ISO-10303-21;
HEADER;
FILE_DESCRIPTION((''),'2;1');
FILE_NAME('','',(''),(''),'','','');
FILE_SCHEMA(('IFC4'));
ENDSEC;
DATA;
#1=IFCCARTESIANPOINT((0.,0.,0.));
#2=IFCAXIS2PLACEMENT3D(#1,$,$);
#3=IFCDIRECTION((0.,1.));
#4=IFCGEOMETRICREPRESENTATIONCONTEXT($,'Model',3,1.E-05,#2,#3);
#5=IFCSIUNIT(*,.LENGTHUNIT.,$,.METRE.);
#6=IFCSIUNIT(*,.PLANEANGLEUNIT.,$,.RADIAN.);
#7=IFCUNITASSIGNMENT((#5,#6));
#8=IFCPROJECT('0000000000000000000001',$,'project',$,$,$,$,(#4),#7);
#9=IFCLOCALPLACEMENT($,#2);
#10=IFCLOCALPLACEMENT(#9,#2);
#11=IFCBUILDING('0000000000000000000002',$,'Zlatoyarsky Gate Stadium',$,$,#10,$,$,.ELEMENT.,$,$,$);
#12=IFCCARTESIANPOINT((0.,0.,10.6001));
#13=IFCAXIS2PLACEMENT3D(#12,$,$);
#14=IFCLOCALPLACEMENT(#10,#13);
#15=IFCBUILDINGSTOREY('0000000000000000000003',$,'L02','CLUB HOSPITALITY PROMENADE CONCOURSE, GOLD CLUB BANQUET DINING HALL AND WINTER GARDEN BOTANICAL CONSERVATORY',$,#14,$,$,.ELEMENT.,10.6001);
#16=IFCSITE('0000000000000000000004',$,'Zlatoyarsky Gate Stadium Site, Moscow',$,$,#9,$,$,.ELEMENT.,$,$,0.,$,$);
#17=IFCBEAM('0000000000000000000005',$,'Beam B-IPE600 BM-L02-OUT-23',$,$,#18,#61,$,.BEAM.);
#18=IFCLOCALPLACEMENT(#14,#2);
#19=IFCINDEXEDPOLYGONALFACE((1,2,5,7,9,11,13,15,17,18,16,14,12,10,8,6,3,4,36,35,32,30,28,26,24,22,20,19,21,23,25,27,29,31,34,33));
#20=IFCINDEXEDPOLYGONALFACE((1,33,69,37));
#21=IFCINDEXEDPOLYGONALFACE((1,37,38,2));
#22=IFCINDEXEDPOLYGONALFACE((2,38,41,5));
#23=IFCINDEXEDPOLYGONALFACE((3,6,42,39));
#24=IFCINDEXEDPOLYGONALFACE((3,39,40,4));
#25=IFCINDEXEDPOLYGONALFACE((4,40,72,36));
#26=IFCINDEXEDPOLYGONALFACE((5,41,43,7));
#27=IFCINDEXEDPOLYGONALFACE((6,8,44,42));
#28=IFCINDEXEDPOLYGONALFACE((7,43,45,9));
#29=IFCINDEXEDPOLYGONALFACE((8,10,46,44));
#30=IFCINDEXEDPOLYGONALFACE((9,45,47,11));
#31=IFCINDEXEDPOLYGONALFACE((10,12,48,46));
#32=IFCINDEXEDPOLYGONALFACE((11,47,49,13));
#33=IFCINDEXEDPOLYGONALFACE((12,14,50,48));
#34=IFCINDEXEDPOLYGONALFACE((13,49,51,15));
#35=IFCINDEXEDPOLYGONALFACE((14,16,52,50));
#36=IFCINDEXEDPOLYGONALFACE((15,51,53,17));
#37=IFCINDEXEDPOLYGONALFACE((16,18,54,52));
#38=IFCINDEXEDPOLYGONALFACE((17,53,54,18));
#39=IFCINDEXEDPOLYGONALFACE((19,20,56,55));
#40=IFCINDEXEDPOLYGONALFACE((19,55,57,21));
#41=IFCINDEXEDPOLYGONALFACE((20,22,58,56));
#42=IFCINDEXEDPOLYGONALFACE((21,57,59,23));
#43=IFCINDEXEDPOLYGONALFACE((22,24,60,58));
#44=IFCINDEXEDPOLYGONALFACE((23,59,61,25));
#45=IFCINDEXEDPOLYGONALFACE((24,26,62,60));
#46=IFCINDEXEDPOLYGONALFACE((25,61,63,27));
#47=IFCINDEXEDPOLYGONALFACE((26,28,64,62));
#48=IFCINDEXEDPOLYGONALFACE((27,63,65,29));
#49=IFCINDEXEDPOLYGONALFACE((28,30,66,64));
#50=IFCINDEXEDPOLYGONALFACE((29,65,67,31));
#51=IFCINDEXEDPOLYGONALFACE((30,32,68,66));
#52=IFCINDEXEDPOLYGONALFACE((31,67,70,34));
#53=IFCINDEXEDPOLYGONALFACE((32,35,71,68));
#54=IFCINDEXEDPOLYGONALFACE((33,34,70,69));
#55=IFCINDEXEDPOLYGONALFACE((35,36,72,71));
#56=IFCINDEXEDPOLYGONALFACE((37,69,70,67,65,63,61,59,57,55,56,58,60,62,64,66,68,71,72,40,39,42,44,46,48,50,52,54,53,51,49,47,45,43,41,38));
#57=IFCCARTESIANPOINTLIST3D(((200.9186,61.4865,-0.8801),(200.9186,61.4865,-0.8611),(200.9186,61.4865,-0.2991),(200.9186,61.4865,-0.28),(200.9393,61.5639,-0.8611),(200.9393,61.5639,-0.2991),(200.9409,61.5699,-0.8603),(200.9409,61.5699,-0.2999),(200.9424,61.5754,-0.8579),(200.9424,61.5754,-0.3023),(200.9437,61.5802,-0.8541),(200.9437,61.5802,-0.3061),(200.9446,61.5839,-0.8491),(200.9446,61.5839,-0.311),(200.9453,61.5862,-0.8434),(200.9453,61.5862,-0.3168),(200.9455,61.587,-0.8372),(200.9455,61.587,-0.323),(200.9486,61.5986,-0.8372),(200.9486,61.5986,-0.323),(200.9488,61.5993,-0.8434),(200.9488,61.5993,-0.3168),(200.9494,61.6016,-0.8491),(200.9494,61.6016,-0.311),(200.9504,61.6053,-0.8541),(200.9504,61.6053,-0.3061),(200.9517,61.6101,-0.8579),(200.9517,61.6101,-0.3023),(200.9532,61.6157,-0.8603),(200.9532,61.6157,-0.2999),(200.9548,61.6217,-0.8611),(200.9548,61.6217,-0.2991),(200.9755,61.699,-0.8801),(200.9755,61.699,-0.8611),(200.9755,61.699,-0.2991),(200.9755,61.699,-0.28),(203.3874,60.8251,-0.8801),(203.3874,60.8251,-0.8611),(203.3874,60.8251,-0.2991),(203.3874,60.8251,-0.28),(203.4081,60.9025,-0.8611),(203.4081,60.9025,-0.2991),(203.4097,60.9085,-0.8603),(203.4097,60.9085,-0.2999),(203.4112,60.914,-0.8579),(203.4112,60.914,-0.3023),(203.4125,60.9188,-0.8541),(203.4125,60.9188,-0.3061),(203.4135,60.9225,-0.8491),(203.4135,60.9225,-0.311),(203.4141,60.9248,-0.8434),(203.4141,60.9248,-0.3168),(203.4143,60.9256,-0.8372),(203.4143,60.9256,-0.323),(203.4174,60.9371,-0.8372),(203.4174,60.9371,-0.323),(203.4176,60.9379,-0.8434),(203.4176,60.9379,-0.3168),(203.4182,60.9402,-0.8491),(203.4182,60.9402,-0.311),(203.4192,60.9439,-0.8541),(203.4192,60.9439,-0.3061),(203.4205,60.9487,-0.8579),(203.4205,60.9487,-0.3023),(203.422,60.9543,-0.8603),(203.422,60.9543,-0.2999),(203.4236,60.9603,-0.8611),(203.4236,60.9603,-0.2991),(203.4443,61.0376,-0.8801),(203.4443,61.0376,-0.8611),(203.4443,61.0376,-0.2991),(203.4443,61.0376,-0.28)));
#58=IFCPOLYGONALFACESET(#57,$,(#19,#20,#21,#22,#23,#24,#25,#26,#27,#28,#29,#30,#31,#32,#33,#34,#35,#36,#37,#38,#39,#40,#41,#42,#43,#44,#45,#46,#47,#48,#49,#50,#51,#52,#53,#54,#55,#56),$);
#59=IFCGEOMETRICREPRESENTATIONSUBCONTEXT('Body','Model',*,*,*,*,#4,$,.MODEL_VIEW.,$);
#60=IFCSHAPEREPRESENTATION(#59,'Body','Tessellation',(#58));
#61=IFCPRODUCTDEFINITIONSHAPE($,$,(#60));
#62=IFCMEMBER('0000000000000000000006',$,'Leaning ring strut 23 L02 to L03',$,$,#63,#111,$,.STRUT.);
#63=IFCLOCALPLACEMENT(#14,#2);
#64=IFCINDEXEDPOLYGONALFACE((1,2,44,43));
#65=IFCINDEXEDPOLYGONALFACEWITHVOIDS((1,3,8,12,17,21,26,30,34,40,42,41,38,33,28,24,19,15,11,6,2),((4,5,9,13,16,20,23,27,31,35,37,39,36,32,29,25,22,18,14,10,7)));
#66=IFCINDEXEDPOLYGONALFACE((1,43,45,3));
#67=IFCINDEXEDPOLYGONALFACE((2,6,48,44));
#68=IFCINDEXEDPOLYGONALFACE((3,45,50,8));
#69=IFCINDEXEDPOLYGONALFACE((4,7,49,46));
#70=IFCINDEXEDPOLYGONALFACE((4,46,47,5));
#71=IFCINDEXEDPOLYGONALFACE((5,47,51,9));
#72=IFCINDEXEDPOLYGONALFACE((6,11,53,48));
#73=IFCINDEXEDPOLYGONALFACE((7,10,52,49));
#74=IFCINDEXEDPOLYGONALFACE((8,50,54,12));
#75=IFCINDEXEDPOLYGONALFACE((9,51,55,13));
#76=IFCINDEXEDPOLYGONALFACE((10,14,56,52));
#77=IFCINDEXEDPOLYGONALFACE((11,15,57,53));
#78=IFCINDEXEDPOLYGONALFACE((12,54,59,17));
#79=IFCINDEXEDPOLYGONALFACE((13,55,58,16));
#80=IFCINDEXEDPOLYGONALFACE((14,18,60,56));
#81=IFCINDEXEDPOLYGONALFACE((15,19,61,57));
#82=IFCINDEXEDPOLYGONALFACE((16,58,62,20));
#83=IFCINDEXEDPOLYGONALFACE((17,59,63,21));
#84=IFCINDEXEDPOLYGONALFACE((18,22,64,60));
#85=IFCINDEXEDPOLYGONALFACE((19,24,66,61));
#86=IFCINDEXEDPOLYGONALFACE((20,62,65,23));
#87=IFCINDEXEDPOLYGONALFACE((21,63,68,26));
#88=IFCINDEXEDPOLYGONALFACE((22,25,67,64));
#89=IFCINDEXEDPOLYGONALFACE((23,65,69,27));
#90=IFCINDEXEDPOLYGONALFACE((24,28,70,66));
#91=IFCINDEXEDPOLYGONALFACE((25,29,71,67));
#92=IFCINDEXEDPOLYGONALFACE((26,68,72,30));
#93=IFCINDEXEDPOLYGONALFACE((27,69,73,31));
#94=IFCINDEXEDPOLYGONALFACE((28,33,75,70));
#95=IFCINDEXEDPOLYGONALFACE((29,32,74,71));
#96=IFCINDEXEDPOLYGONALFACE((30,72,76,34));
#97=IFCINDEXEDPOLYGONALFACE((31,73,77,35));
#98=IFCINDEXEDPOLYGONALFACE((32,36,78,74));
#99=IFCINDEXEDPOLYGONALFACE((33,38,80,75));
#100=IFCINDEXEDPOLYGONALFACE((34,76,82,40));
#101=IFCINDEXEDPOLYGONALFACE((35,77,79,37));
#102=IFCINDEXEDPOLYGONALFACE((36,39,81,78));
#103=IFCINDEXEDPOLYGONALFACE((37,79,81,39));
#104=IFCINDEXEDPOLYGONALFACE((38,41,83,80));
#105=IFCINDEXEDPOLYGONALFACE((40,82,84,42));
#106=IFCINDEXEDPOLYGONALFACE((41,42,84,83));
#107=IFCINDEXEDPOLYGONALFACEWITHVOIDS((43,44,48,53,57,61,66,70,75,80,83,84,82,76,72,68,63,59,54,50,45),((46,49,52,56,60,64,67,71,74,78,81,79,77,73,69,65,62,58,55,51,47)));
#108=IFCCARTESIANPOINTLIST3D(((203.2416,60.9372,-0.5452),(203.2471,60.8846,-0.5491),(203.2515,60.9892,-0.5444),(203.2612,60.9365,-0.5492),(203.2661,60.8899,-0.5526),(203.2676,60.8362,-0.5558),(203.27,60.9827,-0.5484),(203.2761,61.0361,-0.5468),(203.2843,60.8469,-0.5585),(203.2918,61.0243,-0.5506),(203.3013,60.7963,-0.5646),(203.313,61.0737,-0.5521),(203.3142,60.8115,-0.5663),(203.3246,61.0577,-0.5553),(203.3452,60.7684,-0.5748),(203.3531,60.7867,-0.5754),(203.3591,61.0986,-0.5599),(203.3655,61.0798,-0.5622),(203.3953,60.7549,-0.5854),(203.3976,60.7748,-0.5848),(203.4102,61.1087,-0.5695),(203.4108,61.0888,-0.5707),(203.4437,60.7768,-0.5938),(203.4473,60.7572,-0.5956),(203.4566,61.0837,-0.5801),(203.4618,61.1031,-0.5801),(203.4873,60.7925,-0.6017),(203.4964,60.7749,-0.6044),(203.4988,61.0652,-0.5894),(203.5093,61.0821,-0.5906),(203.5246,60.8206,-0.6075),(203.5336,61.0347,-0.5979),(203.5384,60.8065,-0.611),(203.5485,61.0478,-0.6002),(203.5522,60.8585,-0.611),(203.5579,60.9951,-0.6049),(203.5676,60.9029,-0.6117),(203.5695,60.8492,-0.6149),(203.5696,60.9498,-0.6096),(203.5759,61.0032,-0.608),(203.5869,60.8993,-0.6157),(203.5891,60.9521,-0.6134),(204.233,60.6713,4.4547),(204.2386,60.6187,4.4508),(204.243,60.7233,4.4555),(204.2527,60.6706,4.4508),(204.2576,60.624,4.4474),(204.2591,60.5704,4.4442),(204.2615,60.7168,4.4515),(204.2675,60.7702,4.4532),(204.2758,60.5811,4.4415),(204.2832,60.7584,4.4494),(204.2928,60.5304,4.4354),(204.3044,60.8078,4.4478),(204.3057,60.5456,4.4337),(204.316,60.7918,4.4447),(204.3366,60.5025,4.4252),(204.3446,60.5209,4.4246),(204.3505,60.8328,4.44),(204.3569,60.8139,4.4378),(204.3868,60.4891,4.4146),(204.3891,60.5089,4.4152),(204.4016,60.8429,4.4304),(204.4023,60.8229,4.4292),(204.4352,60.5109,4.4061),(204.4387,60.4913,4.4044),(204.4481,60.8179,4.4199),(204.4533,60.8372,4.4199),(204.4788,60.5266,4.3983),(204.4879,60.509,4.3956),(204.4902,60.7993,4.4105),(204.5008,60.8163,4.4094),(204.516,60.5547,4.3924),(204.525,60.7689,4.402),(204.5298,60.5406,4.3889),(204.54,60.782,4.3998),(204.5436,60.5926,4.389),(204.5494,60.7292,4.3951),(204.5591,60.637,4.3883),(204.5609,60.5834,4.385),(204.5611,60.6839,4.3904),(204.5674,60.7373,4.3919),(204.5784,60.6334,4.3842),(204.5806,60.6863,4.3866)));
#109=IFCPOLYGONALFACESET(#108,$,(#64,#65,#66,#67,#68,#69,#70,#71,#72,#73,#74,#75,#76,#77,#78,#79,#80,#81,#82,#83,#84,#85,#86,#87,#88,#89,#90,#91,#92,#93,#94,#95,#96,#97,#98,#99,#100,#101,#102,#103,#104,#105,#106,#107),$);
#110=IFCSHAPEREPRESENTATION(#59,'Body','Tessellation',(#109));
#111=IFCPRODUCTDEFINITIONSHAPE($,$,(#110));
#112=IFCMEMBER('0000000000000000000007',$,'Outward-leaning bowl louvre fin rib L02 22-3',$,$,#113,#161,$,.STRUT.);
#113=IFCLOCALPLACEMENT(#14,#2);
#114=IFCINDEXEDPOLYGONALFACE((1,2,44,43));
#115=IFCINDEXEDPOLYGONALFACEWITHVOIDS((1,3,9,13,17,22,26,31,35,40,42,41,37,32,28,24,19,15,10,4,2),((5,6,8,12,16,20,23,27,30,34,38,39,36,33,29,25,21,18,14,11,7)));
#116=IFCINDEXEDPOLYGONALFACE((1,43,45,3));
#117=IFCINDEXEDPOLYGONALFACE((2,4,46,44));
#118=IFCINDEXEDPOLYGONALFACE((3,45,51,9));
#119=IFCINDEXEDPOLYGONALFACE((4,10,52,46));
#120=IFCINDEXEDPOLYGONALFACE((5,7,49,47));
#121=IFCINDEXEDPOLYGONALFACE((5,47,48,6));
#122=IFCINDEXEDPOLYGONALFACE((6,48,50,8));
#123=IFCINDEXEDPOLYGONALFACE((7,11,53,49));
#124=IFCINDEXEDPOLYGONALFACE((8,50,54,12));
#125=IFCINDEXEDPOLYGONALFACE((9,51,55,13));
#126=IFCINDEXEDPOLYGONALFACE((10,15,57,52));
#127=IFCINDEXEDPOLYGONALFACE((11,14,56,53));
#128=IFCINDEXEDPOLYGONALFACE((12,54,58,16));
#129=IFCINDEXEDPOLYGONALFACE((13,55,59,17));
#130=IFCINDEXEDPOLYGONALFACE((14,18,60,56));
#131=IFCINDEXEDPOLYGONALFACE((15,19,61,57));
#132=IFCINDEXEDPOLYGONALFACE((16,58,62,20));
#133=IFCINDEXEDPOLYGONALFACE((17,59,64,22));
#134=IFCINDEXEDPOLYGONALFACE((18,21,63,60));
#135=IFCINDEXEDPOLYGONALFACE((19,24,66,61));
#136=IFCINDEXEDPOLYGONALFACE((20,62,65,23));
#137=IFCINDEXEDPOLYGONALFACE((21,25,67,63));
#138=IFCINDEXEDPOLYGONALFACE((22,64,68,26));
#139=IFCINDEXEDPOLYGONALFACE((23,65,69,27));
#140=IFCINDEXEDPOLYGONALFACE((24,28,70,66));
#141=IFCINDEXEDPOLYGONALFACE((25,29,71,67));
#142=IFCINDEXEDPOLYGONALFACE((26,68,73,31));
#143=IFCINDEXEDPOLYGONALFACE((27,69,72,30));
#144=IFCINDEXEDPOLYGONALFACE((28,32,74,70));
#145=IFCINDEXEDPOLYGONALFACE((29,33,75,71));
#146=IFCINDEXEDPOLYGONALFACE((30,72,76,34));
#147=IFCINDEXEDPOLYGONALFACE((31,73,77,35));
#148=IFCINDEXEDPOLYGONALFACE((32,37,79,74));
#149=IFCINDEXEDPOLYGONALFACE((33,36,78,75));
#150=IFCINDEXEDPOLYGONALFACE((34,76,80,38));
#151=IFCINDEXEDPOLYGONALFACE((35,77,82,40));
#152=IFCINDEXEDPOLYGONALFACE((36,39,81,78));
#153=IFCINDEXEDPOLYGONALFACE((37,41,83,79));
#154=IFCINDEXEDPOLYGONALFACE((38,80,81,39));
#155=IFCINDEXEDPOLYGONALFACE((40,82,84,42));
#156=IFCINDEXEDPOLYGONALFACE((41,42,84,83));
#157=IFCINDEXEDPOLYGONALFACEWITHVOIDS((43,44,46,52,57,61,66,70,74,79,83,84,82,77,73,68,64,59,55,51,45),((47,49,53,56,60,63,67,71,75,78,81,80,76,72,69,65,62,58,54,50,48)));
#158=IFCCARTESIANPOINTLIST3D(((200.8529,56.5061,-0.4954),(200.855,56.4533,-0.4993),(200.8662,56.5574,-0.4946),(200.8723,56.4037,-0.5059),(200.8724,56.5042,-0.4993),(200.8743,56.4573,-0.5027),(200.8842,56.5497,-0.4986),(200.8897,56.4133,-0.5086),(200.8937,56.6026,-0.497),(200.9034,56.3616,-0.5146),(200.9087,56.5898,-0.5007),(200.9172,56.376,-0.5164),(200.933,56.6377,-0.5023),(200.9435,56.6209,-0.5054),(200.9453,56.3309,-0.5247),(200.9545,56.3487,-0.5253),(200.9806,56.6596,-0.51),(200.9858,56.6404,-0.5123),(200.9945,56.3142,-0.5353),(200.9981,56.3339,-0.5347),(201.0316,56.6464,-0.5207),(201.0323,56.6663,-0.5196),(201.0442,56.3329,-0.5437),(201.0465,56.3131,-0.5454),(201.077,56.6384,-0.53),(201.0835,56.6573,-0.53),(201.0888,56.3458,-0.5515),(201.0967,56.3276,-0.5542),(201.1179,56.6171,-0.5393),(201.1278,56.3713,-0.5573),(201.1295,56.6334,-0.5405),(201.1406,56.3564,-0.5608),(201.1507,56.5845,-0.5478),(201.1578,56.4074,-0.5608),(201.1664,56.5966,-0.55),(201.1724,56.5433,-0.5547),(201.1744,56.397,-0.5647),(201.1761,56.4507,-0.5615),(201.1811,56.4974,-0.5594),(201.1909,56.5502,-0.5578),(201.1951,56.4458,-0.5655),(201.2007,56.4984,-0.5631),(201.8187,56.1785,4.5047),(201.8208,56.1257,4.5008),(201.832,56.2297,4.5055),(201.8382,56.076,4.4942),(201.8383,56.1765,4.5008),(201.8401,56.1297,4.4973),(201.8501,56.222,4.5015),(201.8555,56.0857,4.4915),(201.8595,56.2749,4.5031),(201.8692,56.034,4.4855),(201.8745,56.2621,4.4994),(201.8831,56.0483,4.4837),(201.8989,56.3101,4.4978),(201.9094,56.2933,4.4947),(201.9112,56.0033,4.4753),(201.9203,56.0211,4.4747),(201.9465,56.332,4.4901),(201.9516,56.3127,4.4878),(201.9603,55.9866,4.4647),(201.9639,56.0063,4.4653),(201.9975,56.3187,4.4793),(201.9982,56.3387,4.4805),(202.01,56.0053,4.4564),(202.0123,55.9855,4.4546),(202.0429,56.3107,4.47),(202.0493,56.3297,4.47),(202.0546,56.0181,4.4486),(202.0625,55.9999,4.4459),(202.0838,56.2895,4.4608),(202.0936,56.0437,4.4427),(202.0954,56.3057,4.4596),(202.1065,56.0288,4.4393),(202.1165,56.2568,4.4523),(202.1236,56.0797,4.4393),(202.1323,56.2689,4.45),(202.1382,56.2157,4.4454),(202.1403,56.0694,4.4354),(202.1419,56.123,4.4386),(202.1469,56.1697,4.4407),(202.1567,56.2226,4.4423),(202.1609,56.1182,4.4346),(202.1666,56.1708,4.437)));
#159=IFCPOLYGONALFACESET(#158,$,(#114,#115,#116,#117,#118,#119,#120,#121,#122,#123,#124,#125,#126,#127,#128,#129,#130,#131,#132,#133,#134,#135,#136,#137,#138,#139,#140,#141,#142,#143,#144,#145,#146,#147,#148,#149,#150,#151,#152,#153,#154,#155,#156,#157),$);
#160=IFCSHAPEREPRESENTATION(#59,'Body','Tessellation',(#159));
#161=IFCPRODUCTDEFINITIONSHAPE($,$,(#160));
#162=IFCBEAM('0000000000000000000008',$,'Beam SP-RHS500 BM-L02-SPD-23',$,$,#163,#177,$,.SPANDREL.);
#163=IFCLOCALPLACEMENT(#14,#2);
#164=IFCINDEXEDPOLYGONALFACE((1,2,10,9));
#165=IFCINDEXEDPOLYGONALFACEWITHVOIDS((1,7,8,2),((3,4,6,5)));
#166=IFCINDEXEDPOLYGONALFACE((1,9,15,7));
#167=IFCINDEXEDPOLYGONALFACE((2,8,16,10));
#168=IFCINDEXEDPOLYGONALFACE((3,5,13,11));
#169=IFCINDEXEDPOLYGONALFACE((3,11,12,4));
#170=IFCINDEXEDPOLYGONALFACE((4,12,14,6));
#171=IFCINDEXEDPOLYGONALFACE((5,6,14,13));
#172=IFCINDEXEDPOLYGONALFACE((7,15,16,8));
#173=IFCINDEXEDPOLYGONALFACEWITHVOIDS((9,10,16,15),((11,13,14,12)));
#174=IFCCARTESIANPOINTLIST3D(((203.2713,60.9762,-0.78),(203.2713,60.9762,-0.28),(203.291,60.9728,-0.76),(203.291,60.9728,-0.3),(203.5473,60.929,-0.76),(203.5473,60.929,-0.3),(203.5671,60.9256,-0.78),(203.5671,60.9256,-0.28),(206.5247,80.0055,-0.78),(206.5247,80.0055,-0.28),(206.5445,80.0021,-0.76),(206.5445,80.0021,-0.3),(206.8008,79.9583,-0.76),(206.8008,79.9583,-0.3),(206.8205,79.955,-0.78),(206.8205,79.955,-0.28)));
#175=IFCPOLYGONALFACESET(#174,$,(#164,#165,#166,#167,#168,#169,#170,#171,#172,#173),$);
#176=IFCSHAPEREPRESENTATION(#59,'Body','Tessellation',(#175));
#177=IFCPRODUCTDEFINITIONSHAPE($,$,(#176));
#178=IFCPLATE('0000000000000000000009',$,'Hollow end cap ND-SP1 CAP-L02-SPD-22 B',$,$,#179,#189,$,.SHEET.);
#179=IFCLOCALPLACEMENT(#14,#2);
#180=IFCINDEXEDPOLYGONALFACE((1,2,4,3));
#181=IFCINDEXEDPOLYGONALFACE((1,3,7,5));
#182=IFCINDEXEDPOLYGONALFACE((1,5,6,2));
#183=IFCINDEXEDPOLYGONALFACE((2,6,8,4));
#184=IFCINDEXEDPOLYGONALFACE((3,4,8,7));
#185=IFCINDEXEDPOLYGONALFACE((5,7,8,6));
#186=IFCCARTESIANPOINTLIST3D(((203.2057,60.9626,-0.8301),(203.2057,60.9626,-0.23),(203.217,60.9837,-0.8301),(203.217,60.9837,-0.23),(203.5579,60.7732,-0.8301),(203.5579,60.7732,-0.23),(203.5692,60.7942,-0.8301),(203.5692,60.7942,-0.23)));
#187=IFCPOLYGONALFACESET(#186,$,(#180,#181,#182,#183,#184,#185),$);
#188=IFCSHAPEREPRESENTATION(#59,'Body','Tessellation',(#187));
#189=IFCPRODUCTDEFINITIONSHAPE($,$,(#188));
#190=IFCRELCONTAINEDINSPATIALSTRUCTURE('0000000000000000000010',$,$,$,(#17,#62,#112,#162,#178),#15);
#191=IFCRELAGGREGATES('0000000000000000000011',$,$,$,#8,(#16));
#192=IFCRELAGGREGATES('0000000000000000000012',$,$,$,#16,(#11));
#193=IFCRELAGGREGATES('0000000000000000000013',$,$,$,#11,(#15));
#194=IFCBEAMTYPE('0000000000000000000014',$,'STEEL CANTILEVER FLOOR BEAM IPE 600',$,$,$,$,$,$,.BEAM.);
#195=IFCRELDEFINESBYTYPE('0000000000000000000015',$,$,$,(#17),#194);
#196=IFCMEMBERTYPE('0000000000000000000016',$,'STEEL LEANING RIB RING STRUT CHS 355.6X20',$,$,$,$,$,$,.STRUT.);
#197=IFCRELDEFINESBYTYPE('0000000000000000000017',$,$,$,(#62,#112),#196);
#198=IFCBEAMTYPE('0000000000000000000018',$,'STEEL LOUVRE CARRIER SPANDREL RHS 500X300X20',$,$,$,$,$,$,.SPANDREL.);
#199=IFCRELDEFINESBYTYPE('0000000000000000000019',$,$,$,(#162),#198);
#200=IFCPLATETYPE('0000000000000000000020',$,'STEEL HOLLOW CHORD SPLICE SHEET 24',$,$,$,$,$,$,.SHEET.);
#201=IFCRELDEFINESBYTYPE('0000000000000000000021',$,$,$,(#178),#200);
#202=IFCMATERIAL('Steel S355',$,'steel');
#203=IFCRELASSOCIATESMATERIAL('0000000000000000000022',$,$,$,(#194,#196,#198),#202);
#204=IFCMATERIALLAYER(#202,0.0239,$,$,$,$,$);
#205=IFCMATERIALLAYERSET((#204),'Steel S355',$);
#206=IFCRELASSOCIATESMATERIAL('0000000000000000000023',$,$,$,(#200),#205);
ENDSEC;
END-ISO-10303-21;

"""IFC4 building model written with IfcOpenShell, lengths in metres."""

from ifc_helpers import new_model, si_unit, direction, frame, origin, origin_2d, place, context, subcontext, project, spatial, rectangle, hollow_rectangle, hollow_circle, i_section, extrude, material, layer, layer_set, material_profile, profile_set, type_object, element, save


model = new_model("IFC4")

# Units and contexts
model_context = context("Model", 3, precision=1e-05, world=origin(), true_north=direction((0.0, 1.0)))
body_context = subcontext(model_context, "Body", "Model", "MODEL_VIEW")
ifc_project = project(units=[si_unit("LENGTHUNIT", "METRE"), si_unit("PLANEANGLEUNIT", "RADIAN")], contexts=[model_context])

# Site, building, storey
site_placement = place(None, origin())
site = spatial("IfcSite", under=ifc_project, at=site_placement, Name="Zlatoyarsky Gate Stadium Site, Moscow", CompositionType="ELEMENT", RefElevation=0.0)
building_placement = place(site_placement, origin())
building = spatial("IfcBuilding", under=site, at=building_placement, Name="Zlatoyarsky Gate Stadium", CompositionType="ELEMENT")
storey_placement = place(building_placement, frame((0.0, 0.0, 10.6001)))
storey = spatial("IfcBuildingStorey", under=building, at=storey_placement, Name="L02", Description="CLUB HOSPITALITY PROMENADE CONCOURSE, GOLD CLUB BANQUET DINING HALL AND WINTER GARDEN BOTANICAL CONSERVATORY", CompositionType="ELEMENT", Elevation=10.6001)

# Shared definitions
ifc_material_1 = material(Name="Steel S355", Category="steel")

# Beam
ifc_material_profile_1 = material_profile(ifc_material_1, i_section(OverallWidth=0.22, OverallDepth=0.6001, WebThickness=0.012, FlangeThickness=0.019, FilletRadius=0.0239, at=origin_2d()), Name="IPE 600")
ifc_profile_set_1 = profile_set([ifc_material_profile_1], Name="Steel S355")
beam_type_1 = type_object("IfcBeamType", Name="STEEL CANTILEVER FLOOR BEAM IPE 600", PredefinedType="BEAM", material=ifc_profile_set_1)
beam_1_placement = place(storey_placement, frame((200.947, 61.5928, -0.5801), z_axis=(0.965938, -0.258774, 0.0), x_axis=(0.258774, 0.965938, 0.0)))
element("IfcBeam", 1, at=beam_1_placement, inside=storey, type_object=beam_type_1, Name="Beam B-IPE600 BM-L02-OUT-23", PredefinedType="BEAM", context=body_context, shape_type="SweptSolid", body=[
    extrude(i_section(OverallWidth=0.22, OverallDepth=0.6001, WebThickness=0.012, FlangeThickness=0.019, FilletRadius=0.0239, at=origin_2d()), origin(), (0.0, 0.0, 1.0), 2.5559),
])

# Members
ifc_material_profile_2 = material_profile(ifc_material_1, hollow_circle(Radius=0.1777, WallThickness=0.02, at=origin_2d()), Name="CHS 355.6X20")
ifc_profile_set_2 = profile_set([ifc_material_profile_2], Name="Steel S355")
member_type_1 = type_object("IfcMemberType", Name="STEEL LEANING RIB RING STRUT CHS 355.6X20", PredefinedType="STRUT", material=ifc_profile_set_2)
member_1_placement = place(storey_placement, frame((203.4158, 60.9314, -0.5801), z_axis=(0.19424, -0.052087, 0.97957), x_axis=(0.25901, 0.965875, 0.0)))
element("IfcMember", 2, at=member_1_placement, inside=storey, type_object=member_type_1, Name="Leaning ring strut 23 L02 to L03", PredefinedType="STRUT", context=body_context, shape_type="SweptSolid", body=[
    extrude(hollow_circle(Radius=0.1777, WallThickness=0.02, at=origin_2d()), origin(), (0.0, 0.0, 1.0), 5.1042),
])
member_2_placement = place(storey_placement, frame((201.0264, 56.489, -0.53), z_axis=(0.189267, -0.064205, 0.979824), x_axis=(0.32125, 0.946994, 0.0)))
element("IfcMember", 3, at=member_2_placement, inside=storey, type_object=member_type_1, Name="Outward-leaning bowl louvre fin rib L02 22-3", PredefinedType="STRUT", context=body_context, shape_type="SweptSolid", body=[
    extrude(hollow_circle(Radius=0.1777, WallThickness=0.02, at=origin_2d()), origin(), (0.0, 0.0, 1.0), 5.103),
])

# Beam
ifc_material_profile_3 = material_profile(ifc_material_1, hollow_rectangle(XDim=0.3, YDim=0.5, WallThickness=0.02, at=origin_2d()), Name="RHS 500X300X20")
ifc_profile_set_3 = profile_set([ifc_material_profile_3], Name="Steel S355")
beam_type_2 = type_object("IfcBeamType", Name="STEEL LOUVRE CARRIER SPANDREL RHS 500X300X20", PredefinedType="SPANDREL", material=ifc_profile_set_3)
beam_2_placement = place(storey_placement, frame((203.4192, 60.9509, -0.53), z_axis=(0.168524, 0.985698, 0.0), x_axis=(-0.985698, 0.168524, 0.0)))
element("IfcBeam", 4, at=beam_2_placement, inside=storey, type_object=beam_type_2, Name="Beam SP-RHS500 BM-L02-SPD-23", PredefinedType="SPANDREL", context=body_context, shape_type="SweptSolid", body=[
    extrude(hollow_rectangle(XDim=0.3, YDim=0.5, WallThickness=0.02, at=origin_2d()), origin(), (0.0, 0.0, 1.0), 19.3054),
])

# Plate
ifc_layer_1 = layer(ifc_material_1, 0.0239)
ifc_layer_set_1 = layer_set([ifc_layer_1], Name="Steel S355")
plate_type_1 = type_object("IfcPlateType", Name="STEEL HOLLOW CHORD SPLICE SHEET 24", PredefinedType="SHEET", material=ifc_layer_set_1)
for number, where, z_axis, x_axis, name in (
    (5, (203.3875, 60.8784, -0.8301), (0.0, 0.0, 1.0), (0.473712, 0.88068, 0.0), "Hollow end cap ND-SP1 CAP-L02-SPD-22 B"),
):
    element("IfcPlate", number, at=place(storey_placement, frame(where, z_axis=z_axis, x_axis=x_axis)), inside=storey, type_object=plate_type_1, Name=name, PredefinedType="SHEET", context=body_context, shape_type="SweptSolid", body=[
        extrude(rectangle(XDim=0.0239, YDim=0.3999, at=origin_2d()), origin(), (0.0, 0.0, 1.0), 0.6001),
    ])

save(model, "model.ifc")
